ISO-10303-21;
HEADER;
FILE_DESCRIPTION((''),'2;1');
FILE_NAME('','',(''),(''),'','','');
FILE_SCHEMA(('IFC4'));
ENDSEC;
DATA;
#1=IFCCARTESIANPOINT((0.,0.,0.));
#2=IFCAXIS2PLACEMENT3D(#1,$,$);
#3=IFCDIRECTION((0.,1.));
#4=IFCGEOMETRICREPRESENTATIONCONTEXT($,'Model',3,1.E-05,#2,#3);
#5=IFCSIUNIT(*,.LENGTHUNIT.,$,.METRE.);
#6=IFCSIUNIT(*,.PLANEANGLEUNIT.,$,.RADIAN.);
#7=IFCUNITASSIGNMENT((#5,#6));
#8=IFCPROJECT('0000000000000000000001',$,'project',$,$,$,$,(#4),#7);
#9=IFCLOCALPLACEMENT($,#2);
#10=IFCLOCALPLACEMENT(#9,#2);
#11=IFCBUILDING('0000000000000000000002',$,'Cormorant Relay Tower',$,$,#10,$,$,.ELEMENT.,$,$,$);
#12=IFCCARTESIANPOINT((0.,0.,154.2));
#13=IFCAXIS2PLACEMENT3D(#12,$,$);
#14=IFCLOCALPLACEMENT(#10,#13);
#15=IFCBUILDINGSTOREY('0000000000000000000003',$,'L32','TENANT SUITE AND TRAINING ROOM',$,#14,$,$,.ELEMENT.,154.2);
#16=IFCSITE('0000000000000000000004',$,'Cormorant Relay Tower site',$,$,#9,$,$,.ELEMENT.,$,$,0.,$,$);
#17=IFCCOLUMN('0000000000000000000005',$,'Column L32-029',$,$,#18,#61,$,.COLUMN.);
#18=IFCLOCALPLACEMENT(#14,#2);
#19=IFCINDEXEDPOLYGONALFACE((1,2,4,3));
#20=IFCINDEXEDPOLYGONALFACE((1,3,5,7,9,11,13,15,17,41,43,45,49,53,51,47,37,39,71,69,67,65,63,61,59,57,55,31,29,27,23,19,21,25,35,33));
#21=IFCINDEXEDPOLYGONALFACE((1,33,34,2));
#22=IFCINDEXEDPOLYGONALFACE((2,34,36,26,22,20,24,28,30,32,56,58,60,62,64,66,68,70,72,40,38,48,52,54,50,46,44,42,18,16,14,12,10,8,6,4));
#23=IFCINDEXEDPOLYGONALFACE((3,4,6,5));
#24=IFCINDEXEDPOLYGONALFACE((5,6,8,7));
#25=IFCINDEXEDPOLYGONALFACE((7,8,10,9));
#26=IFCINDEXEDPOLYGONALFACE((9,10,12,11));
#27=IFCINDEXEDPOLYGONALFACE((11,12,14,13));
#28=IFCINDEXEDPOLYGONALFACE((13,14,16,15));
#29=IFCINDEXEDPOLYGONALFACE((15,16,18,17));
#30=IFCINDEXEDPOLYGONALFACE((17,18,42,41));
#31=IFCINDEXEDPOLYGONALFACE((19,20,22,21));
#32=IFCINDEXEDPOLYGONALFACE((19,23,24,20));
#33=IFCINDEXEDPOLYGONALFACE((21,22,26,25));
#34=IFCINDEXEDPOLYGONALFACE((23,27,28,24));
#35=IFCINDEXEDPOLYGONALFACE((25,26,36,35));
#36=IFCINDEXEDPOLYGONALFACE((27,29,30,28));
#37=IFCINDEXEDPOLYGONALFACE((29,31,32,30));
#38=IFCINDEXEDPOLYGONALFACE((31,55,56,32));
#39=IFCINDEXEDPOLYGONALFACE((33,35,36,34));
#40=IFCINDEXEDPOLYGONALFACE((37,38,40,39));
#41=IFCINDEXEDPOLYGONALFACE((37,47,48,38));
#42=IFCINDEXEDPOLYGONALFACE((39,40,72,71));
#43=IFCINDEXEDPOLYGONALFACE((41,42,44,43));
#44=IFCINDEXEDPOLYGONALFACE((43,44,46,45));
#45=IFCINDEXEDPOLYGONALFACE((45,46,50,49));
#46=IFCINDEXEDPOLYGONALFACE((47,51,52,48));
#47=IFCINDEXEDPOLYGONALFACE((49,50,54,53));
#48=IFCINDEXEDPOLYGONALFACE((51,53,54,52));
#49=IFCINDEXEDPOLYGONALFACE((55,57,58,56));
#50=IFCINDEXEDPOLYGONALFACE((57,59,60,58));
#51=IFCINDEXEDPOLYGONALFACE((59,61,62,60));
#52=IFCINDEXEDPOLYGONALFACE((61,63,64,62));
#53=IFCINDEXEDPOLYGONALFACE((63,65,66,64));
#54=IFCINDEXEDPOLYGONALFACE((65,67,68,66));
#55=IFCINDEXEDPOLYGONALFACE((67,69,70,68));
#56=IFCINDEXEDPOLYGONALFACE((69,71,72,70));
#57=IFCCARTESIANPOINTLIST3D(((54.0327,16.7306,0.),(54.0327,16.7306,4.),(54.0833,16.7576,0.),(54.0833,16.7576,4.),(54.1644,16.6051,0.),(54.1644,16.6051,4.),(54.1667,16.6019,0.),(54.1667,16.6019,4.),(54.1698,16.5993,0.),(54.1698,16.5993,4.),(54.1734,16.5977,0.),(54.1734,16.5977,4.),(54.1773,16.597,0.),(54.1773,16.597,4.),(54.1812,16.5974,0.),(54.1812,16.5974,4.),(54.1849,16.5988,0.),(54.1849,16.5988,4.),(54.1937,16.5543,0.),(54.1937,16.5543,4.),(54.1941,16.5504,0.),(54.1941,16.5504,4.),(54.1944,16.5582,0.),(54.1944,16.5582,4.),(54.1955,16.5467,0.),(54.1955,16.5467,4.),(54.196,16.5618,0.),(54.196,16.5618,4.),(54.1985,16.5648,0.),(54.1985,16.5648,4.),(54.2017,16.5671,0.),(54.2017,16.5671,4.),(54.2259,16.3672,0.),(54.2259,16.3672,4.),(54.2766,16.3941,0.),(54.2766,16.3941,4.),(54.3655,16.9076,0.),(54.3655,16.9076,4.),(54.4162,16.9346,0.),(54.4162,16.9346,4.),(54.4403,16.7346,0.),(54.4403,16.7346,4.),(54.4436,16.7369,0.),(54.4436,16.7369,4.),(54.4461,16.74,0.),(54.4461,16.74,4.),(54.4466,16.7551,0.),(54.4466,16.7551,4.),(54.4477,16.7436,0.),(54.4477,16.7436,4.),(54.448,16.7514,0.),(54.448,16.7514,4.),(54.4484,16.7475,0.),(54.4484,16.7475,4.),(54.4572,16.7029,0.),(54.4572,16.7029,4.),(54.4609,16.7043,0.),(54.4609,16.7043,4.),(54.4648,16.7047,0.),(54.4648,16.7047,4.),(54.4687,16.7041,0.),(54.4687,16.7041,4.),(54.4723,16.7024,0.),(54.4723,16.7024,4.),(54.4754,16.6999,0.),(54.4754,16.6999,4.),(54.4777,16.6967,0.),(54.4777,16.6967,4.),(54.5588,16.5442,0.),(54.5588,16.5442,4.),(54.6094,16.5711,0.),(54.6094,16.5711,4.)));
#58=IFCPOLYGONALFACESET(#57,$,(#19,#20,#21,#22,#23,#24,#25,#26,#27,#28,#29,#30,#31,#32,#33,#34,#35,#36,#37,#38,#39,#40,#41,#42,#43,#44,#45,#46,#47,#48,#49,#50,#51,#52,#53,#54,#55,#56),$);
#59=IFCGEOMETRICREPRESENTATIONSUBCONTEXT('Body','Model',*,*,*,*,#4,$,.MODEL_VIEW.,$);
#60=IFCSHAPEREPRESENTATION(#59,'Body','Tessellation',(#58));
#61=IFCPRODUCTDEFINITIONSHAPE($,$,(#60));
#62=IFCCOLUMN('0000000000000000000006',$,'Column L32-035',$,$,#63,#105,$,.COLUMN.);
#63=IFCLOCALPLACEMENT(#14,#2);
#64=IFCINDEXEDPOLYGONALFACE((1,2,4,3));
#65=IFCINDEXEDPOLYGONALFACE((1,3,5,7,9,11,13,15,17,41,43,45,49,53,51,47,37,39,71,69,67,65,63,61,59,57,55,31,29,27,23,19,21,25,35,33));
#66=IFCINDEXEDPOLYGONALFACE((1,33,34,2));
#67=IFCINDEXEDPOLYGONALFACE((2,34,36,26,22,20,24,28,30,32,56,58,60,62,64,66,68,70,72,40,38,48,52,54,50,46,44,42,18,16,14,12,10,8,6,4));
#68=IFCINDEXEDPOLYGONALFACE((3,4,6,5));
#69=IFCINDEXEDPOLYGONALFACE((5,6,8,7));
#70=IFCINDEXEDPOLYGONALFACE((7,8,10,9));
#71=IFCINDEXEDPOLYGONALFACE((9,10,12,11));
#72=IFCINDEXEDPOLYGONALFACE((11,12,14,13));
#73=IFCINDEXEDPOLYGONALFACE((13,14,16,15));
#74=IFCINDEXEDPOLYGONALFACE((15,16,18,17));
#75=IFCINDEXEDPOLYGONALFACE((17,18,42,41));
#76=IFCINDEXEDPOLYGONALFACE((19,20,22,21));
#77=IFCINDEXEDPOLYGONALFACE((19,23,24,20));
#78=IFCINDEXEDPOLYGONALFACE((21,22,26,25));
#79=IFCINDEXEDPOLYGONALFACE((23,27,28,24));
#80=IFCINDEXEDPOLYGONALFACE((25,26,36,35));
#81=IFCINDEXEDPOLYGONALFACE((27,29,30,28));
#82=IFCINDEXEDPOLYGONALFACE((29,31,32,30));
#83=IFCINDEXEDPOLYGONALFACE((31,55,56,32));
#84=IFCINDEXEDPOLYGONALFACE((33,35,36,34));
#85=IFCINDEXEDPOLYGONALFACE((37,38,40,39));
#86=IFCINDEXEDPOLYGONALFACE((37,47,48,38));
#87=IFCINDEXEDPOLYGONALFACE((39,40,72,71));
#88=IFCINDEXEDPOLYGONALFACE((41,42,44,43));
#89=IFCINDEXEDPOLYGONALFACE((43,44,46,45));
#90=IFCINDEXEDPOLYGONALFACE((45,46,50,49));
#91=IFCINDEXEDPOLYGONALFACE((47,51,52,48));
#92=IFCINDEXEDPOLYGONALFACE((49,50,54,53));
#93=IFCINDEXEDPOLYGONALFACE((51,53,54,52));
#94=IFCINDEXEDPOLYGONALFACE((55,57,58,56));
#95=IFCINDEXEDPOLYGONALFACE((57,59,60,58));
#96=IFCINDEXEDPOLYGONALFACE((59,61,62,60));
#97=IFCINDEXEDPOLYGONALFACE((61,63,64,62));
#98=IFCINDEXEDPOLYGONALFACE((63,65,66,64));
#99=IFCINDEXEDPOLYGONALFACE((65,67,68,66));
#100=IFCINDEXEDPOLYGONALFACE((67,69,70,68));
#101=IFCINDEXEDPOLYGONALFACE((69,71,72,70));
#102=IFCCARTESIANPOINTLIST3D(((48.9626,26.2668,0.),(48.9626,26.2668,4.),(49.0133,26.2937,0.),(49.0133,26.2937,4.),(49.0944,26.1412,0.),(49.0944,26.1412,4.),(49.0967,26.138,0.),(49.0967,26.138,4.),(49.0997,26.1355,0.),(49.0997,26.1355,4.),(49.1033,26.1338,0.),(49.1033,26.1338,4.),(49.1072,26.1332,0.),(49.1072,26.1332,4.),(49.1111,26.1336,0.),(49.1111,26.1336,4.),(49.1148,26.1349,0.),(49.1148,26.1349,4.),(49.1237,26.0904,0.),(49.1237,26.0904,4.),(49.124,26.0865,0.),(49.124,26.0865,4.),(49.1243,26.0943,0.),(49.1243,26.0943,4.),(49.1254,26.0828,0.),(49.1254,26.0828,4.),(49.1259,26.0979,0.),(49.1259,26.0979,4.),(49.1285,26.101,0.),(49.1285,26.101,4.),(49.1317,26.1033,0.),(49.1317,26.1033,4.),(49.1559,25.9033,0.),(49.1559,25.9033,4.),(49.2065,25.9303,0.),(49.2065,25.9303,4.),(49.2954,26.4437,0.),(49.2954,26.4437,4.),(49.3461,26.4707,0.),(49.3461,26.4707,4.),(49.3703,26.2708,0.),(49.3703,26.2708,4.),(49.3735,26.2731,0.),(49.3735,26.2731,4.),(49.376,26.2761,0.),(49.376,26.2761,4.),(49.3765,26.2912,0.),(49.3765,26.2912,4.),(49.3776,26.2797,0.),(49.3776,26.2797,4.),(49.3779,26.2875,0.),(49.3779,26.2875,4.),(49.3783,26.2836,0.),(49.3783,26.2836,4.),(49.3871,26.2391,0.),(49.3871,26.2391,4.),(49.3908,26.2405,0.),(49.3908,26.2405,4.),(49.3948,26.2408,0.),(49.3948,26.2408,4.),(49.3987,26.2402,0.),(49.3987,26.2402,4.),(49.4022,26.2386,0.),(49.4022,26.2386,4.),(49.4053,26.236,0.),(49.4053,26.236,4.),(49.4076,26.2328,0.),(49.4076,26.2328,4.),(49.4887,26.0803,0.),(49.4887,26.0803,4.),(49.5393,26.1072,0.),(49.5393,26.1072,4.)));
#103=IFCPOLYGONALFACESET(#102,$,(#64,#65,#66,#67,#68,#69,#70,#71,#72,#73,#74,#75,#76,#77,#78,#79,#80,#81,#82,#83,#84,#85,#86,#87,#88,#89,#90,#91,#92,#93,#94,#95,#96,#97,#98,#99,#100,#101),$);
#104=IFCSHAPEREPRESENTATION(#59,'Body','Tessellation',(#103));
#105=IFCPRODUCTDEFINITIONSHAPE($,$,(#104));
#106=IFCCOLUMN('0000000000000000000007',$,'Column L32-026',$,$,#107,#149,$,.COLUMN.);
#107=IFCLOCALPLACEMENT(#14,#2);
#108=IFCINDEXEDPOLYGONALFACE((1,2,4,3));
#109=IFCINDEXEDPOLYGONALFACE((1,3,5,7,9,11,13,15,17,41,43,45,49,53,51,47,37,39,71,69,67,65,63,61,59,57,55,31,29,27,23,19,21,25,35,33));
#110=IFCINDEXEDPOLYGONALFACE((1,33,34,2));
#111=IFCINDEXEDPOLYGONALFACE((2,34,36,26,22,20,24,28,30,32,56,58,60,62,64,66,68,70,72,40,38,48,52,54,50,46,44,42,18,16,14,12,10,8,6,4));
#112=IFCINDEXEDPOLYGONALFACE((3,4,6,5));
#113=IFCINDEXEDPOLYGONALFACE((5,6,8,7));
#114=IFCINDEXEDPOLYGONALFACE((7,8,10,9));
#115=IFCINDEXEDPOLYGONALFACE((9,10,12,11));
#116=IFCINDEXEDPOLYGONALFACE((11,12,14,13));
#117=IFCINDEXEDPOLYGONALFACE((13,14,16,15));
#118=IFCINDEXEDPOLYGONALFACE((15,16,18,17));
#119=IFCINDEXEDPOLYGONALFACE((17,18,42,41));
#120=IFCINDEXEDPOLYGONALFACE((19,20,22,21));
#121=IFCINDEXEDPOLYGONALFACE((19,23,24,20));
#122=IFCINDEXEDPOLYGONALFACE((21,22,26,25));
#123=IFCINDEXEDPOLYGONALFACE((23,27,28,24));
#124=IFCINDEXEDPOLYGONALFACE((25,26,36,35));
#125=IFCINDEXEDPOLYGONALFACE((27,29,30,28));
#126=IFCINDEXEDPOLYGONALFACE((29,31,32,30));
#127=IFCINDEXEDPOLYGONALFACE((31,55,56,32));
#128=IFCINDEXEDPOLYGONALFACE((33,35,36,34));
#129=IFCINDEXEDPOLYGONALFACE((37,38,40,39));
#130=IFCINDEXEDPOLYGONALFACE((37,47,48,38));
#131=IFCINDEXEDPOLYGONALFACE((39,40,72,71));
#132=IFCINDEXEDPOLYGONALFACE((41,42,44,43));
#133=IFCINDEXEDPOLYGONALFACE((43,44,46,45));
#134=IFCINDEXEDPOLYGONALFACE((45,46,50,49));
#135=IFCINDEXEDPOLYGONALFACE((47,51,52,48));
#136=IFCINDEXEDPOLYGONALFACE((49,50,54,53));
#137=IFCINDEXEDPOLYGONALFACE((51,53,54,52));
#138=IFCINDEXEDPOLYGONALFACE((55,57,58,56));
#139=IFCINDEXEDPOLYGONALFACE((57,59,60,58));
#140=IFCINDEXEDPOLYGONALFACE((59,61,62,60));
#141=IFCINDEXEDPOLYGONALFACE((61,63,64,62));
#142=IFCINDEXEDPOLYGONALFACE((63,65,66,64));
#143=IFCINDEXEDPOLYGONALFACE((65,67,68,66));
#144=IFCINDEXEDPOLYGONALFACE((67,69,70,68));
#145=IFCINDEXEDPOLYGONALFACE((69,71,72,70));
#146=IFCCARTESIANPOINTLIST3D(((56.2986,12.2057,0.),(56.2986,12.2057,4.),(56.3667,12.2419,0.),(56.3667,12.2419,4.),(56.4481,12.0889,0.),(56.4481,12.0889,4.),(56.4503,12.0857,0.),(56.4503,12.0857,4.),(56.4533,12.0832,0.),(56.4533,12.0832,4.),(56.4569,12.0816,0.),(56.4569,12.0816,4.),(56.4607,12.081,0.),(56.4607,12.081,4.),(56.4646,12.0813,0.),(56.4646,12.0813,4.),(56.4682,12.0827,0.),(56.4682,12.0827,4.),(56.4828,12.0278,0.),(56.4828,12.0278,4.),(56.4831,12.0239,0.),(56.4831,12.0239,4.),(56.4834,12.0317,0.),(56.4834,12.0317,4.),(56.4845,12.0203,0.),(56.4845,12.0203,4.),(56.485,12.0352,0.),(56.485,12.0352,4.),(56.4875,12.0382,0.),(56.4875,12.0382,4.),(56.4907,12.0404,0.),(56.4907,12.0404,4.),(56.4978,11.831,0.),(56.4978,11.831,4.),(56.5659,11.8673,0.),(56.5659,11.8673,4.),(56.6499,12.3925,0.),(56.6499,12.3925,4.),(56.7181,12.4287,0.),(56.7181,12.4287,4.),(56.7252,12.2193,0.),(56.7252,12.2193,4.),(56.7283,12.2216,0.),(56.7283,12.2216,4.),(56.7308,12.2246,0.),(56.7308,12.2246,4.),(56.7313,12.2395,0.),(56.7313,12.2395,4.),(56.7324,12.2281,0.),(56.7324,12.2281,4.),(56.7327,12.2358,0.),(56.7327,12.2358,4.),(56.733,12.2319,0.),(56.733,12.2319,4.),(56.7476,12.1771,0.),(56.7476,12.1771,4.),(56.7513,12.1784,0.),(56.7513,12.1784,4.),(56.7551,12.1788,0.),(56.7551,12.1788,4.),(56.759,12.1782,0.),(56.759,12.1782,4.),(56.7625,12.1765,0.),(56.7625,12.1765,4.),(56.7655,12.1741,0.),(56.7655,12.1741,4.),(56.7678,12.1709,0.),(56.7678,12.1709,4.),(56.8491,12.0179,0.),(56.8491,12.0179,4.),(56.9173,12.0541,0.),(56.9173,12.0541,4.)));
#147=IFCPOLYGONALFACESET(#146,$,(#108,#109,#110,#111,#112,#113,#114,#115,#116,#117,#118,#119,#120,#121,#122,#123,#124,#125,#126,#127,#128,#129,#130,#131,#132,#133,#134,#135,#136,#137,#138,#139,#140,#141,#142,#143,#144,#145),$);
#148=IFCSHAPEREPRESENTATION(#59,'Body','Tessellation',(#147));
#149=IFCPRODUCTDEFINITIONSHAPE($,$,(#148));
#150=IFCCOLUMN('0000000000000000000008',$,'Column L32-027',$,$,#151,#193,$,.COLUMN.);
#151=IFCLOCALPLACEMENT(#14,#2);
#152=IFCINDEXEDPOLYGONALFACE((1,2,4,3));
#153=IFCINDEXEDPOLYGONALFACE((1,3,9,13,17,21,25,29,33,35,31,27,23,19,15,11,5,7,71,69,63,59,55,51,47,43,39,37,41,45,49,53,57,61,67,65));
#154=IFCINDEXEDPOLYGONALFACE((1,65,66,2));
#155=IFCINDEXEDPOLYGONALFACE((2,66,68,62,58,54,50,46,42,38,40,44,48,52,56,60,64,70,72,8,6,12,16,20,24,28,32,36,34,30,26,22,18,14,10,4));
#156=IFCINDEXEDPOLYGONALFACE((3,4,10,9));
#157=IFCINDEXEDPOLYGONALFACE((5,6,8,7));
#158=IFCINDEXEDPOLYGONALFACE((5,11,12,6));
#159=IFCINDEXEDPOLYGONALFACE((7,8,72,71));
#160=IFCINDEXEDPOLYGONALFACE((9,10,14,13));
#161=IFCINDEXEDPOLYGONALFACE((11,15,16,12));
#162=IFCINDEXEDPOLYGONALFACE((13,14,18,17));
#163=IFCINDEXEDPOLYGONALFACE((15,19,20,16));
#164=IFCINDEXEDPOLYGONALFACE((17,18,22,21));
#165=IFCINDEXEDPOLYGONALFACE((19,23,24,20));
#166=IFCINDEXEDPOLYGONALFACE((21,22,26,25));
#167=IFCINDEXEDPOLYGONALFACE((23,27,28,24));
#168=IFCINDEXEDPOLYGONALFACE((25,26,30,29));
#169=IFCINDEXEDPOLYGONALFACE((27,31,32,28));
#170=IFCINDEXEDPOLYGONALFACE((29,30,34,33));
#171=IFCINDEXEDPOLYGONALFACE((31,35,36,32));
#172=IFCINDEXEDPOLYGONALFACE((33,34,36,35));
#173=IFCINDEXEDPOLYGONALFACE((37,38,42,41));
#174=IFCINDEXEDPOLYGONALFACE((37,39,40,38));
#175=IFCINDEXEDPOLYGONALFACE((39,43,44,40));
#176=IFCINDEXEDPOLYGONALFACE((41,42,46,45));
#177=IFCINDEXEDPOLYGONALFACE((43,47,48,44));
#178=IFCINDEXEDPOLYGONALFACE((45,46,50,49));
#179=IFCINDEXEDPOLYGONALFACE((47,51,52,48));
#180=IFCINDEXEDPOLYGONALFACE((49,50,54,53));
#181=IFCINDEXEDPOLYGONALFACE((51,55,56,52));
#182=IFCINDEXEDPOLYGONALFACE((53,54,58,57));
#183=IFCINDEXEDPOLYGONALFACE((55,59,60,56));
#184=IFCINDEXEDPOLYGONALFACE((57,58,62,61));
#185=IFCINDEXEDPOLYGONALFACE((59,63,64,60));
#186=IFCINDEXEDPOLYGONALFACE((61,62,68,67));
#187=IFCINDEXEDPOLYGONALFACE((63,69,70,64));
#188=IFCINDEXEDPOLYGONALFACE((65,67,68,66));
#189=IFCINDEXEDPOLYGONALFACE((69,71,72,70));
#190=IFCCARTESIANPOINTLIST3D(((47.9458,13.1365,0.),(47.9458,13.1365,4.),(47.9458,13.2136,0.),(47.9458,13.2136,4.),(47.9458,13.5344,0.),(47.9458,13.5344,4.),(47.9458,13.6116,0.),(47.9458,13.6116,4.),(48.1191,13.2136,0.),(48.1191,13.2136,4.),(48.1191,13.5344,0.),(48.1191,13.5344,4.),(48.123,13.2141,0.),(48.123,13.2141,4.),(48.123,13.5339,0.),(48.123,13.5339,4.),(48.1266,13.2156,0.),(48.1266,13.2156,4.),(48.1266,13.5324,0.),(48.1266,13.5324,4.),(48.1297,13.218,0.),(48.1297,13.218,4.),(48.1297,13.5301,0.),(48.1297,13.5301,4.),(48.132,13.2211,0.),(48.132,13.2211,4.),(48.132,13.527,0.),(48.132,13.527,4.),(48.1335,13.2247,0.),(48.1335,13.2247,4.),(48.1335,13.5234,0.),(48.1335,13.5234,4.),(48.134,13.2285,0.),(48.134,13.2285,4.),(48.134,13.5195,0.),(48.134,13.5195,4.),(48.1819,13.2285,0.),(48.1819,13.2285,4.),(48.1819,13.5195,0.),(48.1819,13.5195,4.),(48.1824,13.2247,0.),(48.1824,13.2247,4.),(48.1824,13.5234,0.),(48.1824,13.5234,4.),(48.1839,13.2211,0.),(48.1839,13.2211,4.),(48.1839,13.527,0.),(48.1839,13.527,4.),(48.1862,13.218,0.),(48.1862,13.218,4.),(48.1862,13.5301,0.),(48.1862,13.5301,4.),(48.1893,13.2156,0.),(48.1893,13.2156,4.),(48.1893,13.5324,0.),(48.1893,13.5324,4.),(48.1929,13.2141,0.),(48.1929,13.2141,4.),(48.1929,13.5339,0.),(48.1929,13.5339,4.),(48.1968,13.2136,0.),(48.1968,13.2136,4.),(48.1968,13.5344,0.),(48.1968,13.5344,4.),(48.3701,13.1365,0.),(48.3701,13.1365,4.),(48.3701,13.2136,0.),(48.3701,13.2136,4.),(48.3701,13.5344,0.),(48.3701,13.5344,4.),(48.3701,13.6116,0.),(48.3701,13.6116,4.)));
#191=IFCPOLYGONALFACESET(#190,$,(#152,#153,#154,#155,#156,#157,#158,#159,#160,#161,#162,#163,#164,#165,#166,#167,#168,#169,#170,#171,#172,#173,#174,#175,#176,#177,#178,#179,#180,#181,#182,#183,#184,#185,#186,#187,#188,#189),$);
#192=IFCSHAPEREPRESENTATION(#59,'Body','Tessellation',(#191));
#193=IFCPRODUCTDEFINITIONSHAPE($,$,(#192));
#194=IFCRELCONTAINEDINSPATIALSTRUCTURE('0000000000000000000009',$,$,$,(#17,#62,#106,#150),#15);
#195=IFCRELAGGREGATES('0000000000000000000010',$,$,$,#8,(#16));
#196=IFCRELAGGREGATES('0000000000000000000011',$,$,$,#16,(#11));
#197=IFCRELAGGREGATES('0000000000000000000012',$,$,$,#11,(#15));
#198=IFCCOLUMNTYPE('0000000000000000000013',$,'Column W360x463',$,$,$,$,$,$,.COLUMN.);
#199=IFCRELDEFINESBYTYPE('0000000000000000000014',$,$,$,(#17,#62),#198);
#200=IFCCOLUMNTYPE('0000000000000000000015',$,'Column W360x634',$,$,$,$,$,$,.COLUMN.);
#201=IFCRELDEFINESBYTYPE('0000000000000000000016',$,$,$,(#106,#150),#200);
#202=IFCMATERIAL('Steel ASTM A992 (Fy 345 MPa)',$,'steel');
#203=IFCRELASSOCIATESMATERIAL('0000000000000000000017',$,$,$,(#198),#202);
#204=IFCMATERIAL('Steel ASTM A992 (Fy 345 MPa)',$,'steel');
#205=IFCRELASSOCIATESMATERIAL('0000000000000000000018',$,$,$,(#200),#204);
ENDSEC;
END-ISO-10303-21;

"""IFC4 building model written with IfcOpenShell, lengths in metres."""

from ifc_helpers import new_model, si_unit, direction, frame, origin, origin_2d, place, context, subcontext, project, spatial, i_section, extrude, material, material_profile, profile_set, type_object, element, save


model = new_model("IFC4")

# Units and contexts
model_context = context("Model", 3, precision=1e-05, world=origin(), true_north=direction((0.0, 1.0)))
body_context = subcontext(model_context, "Body", "Model", "MODEL_VIEW")
ifc_project = project(units=[si_unit("LENGTHUNIT", "METRE"), si_unit("PLANEANGLEUNIT", "RADIAN")], contexts=[model_context])

# Site, building, storey
site_placement = place(None, origin())
site = spatial("IfcSite", under=ifc_project, at=site_placement, Name="Cormorant Relay Tower site", CompositionType="ELEMENT", RefElevation=0.0)
building_placement = place(site_placement, origin())
building = spatial("IfcBuilding", under=site, at=building_placement, Name="Cormorant Relay Tower", CompositionType="ELEMENT")
storey_placement = place(building_placement, frame((0.0, 0.0, 154.2)))
storey = spatial("IfcBuildingStorey", under=building, at=storey_placement, Name="L32", Description="TENANT SUITE AND TRAINING ROOM", CompositionType="ELEMENT", Elevation=154.2)

# Columns
ifc_material_1 = material(Name="Steel ASTM A992 (Fy 345 MPa)", Category="steel")
ifc_material_profile_1 = material_profile(ifc_material_1, i_section(OverallWidth=0.4116, OverallDepth=0.4343, WebThickness=0.0359, FlangeThickness=0.0574, FilletRadius=0.0151, at=origin_2d()), Name="W360x463")
ifc_profile_set_1 = profile_set([ifc_material_profile_1], Name="Steel ASTM A992 (Fy 345 MPa)")
column_type_1 = type_object("IfcColumnType", Name="Column W360x463", PredefinedType="COLUMN", material=ifc_profile_set_1)
for number, where, z_axis, x_axis, name in (
    (1, (54.321, 16.6509, 0.0), (0.0, 0.0, 1.0), (-0.469472, 0.882948, 0.0), "Column L32-029"),
    (2, (49.251, 26.187, 0.0), (0.0, 0.0, 1.0), (-0.469472, 0.882948, 0.0), "Column L32-035"),
):
    element("IfcColumn", number, at=place(storey_placement, frame(where, z_axis=z_axis, x_axis=x_axis)), inside=storey, type_object=column_type_1, Name=name, PredefinedType="COLUMN", context=body_context, shape_type="SweptSolid", body=[
        extrude(i_section(OverallWidth=0.4116, OverallDepth=0.4343, WebThickness=0.0359, FlangeThickness=0.0574, FilletRadius=0.0151, at=origin_2d()), origin(), (0.0, 0.0, 1.0), 4.0),
    ])
ifc_material_2 = material(Name="Steel ASTM A992 (Fy 345 MPa)", Category="steel")
ifc_material_profile_2 = material_profile(ifc_material_2, i_section(OverallWidth=0.4243, OverallDepth=0.4751, WebThickness=0.0479, FlangeThickness=0.0771, FilletRadius=0.0149, at=origin_2d()), Name="W360x634")
ifc_profile_set_2 = profile_set([ifc_material_profile_2], Name="Steel ASTM A992 (Fy 345 MPa)")
column_type_2 = type_object("IfcColumnType", Name="Column W360x634", PredefinedType="COLUMN", material=ifc_profile_set_2)
for number, where, z_axis, x_axis, name in (
    (3, (56.6079, 12.1299, 0.0), (0.0, 0.0, 1.0), (-0.469472, 0.882948, 0.0), "Column L32-026"),
    (4, (48.158, 13.374, 0.0), (0.0, 0.0, 1.0), (1.0, 0.0, 0.0), "Column L32-027"),
):
    element("IfcColumn", number, at=place(storey_placement, frame(where, z_axis=z_axis, x_axis=x_axis)), inside=storey, type_object=column_type_2, Name=name, PredefinedType="COLUMN", context=body_context, shape_type="SweptSolid", body=[
        extrude(i_section(OverallWidth=0.4243, OverallDepth=0.4751, WebThickness=0.0479, FlangeThickness=0.0771, FilletRadius=0.0149, at=origin_2d()), origin(), (0.0, 0.0, 1.0), 4.0),
    ])

save(model, "model.ifc")
